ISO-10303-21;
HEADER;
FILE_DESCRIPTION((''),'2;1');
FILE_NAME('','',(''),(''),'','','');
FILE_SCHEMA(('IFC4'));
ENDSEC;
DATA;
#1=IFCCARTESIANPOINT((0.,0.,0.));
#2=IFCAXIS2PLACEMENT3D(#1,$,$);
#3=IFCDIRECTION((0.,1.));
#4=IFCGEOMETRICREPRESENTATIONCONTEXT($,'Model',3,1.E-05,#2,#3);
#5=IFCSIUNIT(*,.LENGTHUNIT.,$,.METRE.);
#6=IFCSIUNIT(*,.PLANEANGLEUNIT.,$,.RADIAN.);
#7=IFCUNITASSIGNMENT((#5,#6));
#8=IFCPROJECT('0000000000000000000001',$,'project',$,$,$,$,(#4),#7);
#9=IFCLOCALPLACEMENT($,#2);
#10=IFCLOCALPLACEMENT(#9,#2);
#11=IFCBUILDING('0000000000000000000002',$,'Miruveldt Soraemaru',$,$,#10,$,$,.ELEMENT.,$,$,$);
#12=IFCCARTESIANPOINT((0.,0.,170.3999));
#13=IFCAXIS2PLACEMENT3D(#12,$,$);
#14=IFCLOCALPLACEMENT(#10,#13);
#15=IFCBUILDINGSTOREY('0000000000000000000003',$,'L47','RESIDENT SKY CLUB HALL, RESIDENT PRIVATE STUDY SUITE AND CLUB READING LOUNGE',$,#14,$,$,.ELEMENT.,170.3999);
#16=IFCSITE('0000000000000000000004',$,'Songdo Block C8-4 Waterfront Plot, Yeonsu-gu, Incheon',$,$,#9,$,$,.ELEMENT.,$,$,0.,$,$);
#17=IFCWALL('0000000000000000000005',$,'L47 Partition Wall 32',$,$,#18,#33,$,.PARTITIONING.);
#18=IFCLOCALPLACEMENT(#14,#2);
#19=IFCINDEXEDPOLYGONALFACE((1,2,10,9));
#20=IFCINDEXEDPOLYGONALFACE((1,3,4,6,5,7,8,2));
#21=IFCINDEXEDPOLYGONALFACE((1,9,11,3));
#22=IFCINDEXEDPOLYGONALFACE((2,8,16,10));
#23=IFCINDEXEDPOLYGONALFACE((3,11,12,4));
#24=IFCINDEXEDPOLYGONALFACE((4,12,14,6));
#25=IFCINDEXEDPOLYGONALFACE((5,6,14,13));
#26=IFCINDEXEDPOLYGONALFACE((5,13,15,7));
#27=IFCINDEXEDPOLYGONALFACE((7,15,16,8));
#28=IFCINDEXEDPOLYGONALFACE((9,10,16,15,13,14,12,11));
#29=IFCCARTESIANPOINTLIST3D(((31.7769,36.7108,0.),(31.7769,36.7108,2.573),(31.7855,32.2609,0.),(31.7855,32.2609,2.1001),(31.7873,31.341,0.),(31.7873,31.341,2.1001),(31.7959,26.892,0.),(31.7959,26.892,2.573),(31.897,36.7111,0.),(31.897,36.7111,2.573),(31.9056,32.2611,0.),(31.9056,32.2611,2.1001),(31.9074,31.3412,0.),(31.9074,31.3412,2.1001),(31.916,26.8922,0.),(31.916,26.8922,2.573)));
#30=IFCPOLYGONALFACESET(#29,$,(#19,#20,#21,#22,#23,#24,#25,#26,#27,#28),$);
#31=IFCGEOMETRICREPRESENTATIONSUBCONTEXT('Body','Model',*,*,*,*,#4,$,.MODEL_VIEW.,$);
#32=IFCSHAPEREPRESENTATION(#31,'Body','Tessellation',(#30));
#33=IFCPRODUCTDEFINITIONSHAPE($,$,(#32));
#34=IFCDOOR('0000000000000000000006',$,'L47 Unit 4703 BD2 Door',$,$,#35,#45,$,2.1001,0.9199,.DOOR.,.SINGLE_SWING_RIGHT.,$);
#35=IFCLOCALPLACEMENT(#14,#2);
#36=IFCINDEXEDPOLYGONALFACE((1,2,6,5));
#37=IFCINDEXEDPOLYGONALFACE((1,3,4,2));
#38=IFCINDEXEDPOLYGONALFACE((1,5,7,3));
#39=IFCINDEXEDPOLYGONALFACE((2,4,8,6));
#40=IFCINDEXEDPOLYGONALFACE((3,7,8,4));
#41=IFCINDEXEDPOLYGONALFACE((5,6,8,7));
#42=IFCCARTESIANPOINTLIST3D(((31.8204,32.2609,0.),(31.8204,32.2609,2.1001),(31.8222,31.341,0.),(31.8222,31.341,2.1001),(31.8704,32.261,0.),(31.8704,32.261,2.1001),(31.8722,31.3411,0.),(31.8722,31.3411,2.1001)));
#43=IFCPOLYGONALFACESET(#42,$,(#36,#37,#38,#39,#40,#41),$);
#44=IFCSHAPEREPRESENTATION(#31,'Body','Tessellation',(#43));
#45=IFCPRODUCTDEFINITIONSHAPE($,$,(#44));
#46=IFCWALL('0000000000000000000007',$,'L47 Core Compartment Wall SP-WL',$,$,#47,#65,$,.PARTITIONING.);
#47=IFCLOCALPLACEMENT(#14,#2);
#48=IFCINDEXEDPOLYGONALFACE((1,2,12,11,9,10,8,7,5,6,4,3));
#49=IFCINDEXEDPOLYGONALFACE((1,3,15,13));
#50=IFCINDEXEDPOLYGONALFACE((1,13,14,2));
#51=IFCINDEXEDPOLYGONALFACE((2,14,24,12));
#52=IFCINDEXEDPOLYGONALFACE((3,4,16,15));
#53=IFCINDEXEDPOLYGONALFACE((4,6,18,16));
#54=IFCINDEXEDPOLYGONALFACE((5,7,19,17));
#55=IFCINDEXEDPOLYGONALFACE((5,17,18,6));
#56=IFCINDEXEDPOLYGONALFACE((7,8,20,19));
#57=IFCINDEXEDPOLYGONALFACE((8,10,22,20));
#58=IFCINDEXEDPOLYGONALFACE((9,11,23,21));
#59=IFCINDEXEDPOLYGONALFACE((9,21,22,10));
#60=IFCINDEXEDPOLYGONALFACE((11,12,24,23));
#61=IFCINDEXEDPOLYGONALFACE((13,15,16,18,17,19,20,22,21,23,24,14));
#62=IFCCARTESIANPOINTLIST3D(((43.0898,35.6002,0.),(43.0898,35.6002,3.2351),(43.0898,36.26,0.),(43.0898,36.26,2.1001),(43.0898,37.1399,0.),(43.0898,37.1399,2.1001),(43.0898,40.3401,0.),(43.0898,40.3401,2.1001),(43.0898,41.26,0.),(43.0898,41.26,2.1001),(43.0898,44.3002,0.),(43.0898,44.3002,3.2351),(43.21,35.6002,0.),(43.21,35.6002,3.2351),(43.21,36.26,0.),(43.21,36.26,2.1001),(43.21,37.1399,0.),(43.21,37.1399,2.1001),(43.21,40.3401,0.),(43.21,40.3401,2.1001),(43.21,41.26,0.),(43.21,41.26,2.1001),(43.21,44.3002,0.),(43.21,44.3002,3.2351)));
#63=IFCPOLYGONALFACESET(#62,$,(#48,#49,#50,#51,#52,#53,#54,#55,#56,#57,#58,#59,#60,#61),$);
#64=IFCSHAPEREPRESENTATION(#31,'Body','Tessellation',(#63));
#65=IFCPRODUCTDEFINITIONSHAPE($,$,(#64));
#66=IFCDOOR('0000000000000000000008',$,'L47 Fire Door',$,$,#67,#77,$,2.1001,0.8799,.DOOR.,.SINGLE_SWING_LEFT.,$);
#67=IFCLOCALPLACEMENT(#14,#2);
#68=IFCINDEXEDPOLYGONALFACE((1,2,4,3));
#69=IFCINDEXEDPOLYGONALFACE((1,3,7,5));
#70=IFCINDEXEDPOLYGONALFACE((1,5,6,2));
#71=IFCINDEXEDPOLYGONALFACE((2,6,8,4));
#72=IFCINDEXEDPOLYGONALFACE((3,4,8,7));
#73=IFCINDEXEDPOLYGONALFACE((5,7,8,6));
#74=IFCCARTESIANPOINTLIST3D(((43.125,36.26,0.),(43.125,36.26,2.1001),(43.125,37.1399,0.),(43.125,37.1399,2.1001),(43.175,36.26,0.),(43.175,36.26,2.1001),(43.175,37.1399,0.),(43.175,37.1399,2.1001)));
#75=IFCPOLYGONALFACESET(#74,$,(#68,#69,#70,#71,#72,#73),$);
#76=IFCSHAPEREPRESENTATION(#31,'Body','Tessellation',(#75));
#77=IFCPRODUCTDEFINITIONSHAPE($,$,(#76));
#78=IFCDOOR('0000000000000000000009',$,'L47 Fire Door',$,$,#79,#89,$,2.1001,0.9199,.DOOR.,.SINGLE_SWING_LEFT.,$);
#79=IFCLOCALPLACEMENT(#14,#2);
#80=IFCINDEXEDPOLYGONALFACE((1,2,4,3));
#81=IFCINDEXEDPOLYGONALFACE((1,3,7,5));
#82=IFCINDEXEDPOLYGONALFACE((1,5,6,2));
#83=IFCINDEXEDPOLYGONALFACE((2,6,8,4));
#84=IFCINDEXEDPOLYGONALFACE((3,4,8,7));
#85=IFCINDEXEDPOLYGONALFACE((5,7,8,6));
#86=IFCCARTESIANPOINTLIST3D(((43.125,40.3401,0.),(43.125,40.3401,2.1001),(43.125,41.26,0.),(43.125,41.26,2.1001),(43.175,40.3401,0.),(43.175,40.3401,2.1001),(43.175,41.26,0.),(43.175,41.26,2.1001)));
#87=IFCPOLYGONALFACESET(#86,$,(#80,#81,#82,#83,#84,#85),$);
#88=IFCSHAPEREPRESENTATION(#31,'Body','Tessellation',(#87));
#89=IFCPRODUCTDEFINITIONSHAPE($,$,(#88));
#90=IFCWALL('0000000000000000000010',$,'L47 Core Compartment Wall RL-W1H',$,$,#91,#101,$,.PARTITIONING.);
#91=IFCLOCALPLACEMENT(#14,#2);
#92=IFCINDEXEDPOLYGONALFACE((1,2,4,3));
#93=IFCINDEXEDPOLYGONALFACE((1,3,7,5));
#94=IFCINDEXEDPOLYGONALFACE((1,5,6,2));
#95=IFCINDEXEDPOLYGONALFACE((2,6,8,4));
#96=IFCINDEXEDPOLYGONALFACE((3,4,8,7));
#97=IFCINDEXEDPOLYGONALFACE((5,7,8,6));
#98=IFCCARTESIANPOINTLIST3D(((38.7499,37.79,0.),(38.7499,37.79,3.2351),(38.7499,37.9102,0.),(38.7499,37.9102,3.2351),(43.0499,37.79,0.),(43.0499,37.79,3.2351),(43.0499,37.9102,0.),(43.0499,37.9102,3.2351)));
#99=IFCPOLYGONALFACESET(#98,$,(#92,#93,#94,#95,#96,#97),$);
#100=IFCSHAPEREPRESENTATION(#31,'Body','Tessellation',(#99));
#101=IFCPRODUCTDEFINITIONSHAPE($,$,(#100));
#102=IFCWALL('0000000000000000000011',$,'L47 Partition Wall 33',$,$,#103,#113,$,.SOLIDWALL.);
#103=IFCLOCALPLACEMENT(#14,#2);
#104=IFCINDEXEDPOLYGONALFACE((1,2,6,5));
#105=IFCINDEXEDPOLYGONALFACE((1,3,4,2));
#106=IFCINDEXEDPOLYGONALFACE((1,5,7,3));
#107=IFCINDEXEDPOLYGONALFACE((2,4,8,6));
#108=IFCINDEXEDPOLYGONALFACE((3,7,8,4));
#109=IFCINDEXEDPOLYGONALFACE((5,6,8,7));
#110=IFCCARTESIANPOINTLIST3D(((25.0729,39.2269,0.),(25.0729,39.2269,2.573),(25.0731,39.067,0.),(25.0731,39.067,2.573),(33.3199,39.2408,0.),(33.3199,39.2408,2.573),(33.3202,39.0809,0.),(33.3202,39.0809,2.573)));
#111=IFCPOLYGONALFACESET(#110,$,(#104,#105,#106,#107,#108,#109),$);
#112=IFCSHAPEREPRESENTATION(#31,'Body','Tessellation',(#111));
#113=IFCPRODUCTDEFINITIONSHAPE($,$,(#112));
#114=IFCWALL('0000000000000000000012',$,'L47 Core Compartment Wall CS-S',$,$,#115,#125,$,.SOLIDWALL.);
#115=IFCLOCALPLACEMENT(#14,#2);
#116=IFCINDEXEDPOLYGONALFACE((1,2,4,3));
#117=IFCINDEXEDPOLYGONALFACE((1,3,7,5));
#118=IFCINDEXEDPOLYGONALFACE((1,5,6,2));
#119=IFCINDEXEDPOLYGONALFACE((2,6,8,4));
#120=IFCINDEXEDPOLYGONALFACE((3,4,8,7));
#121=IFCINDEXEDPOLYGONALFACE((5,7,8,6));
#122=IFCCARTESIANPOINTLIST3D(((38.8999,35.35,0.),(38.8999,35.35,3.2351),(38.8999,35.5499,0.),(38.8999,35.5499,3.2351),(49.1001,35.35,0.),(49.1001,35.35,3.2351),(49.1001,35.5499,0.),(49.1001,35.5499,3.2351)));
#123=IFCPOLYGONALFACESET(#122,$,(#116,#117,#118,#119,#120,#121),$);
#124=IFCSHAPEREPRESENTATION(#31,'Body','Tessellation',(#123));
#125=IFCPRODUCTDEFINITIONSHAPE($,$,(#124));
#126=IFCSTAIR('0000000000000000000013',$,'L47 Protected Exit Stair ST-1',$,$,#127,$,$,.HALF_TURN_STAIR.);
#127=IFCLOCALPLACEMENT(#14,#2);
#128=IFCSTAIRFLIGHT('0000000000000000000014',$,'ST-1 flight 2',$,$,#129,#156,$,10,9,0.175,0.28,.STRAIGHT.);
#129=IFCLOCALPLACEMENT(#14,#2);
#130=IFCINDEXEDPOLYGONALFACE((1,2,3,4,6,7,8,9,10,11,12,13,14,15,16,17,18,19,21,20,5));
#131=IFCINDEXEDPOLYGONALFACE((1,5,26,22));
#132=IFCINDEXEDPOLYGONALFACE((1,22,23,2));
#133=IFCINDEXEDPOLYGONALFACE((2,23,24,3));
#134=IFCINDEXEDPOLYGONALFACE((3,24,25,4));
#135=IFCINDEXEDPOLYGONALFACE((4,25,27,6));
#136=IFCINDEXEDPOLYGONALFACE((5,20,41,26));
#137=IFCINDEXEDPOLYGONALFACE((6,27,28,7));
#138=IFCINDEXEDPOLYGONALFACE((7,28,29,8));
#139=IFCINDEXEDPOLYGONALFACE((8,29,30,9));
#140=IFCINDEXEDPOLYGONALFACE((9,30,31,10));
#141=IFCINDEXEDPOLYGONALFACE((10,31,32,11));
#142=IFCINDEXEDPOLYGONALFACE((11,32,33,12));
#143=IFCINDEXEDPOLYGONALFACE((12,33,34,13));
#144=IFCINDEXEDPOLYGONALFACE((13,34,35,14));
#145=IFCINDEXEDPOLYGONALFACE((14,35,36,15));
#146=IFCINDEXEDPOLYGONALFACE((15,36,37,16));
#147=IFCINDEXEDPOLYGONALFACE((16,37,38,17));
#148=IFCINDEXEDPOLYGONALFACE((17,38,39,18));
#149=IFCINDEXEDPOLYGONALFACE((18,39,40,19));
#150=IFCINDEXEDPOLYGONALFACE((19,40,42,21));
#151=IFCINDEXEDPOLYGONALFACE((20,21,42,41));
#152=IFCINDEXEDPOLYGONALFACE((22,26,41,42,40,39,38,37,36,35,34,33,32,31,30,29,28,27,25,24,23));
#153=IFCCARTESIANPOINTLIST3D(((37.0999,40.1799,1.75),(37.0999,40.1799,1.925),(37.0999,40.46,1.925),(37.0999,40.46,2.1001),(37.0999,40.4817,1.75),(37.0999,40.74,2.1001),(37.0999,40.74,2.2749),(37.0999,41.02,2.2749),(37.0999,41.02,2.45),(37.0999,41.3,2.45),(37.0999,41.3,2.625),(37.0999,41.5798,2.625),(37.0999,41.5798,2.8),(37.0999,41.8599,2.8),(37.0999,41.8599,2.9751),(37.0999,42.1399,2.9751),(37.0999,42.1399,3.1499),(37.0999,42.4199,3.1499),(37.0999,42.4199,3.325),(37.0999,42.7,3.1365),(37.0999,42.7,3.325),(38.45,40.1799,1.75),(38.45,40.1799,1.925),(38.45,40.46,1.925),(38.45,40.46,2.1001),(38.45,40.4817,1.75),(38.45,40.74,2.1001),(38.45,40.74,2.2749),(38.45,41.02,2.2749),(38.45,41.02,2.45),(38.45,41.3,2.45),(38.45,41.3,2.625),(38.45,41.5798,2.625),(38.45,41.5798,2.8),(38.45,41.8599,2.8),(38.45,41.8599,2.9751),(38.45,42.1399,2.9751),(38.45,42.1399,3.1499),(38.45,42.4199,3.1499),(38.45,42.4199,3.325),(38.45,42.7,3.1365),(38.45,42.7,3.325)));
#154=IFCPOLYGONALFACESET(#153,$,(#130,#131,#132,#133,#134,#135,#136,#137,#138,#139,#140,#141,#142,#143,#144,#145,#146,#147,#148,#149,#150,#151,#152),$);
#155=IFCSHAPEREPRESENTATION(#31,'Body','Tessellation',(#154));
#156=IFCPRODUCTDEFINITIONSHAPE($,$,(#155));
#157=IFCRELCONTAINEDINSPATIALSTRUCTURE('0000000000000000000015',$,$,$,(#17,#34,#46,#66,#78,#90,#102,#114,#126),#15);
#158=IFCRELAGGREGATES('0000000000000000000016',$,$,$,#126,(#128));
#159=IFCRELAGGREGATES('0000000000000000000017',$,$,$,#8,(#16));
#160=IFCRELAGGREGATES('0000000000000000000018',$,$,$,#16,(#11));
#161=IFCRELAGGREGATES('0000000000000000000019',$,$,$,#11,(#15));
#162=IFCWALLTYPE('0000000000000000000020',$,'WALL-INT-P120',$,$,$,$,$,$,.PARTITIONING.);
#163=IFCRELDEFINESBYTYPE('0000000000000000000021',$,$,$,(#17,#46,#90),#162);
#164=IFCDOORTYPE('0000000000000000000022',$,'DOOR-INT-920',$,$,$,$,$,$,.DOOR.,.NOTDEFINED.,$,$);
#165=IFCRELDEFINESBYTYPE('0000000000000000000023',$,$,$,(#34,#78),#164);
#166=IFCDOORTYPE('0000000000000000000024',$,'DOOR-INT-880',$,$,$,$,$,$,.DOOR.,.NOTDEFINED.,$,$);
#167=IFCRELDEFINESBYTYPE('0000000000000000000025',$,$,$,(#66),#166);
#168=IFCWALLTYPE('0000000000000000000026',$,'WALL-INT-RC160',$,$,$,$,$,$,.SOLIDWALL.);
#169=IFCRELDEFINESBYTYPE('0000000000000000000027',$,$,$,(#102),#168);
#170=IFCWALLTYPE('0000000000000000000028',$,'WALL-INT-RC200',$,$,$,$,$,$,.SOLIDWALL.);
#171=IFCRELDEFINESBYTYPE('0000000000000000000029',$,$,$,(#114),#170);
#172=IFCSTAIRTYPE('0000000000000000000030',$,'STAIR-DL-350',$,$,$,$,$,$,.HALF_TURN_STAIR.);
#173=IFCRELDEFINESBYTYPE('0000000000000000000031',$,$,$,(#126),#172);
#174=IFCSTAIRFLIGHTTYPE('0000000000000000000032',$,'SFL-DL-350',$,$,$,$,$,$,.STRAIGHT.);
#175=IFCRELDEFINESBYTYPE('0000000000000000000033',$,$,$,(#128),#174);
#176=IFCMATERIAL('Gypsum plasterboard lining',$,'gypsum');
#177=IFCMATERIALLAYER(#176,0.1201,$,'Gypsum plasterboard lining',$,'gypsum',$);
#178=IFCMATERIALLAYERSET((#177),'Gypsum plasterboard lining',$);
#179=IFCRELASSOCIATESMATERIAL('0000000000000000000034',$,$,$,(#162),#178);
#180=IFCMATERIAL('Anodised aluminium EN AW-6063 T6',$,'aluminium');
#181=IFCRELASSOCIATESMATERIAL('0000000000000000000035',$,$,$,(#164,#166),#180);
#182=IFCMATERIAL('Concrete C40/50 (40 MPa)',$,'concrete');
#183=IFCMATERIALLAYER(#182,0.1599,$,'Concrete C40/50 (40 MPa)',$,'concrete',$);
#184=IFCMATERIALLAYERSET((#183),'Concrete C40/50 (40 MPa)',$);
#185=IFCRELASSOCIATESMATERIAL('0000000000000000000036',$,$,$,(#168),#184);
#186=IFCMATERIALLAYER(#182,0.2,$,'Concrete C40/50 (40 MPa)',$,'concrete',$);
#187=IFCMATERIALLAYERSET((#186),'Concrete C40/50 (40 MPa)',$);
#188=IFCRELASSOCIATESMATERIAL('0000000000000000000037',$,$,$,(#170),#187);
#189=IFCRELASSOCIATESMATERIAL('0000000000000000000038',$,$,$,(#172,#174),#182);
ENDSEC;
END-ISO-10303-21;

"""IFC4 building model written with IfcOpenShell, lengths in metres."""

from ifc_helpers import new_model, si_unit, direction, frame, frame_2d, origin, place, context, subcontext, project, spatial, polyline, rectangle, outline, extrude, material, layer, layer_set, type_object, element, fill, aggregate, save


model = new_model("IFC4")

# Units and contexts
model_context = context("Model", 3, precision=1e-05, world=origin(), true_north=direction((0.0, 1.0)))
body_context = subcontext(model_context, "Body", "Model", "MODEL_VIEW")
ifc_project = project(units=[si_unit("LENGTHUNIT", "METRE"), si_unit("PLANEANGLEUNIT", "RADIAN")], contexts=[model_context])

# Site, building, storey
site_placement = place(None, origin())
site = spatial("IfcSite", under=ifc_project, at=site_placement, Name="Songdo Block C8-4 Waterfront Plot, Yeonsu-gu, Incheon", CompositionType="ELEMENT", RefElevation=0.0)
building_placement = place(site_placement, origin())
building = spatial("IfcBuilding", under=site, at=building_placement, Name="Miruveldt Soraemaru", CompositionType="ELEMENT")
storey_placement = place(building_placement, frame((0.0, 0.0, 170.3999)))
storey = spatial("IfcBuildingStorey", under=building, at=storey_placement, Name="L47", Description="RESIDENT SKY CLUB HALL, RESIDENT PRIVATE STUDY SUITE AND CLUB READING LOUNGE", CompositionType="ELEMENT", Elevation=170.3999)

# Wall, opening, door
ifc_material_1 = material(Name="Gypsum plasterboard lining", Category="gypsum")
ifc_layer_1 = layer(ifc_material_1, 0.1201, Name="Gypsum plasterboard lining", Category="gypsum")
ifc_layer_set_1 = layer_set([ifc_layer_1], Name="Gypsum plasterboard lining")
wall_type_1 = type_object("IfcWallType", Name="WALL-INT-P120", PredefinedType="PARTITIONING", material=ifc_layer_set_1)
wall_1_placement = place(storey_placement, frame((31.8369, 36.7109, 0.0), z_axis=(0.0, 0.0, 1.0), x_axis=(0.001939, -0.999998, 0.0)))
wall_1 = element("IfcWall", 1, at=wall_1_placement, inside=storey, type_object=wall_type_1, Name="L47 Partition Wall 32", PredefinedType="PARTITIONING", context=body_context, shape_type="SweptSolid", body=[
    extrude(rectangle(XDim=9.8188, YDim=0.1201, at=frame_2d((4.9094, 0.0))), origin(), (0.0, 0.0, 1.0), 2.573),
])
opening_1_placement = place(wall_1_placement, frame((4.45, 0.0, 0.0)))
opening_1 = element("IfcOpeningElement", 2, at=opening_1_placement, cuts=wall_1, PredefinedType="OPENING", context=body_context, shape_type="SweptSolid", body=[
    extrude(rectangle(XDim=0.9199, YDim=2.1001, at=frame_2d((0.46, 1.05))), frame((0.0, 0.0701, 0.0), z_axis=(0.0, -1.0, 0.0), x_axis=(1.0, 0.0, 0.0)), (0.0, 0.0, 1.0), 0.1401),
])
ifc_material_2 = material(Name="Anodised aluminium EN AW-6063 T6", Category="aluminium")
door_type_1 = type_object("IfcDoorType", Name="DOOR-INT-920", OperationType="NOTDEFINED", PredefinedType="DOOR", material=ifc_material_2)
door_1_placement = place(opening_1_placement, origin())
door_1 = element("IfcDoor", 3, at=door_1_placement, inside=storey, type_object=door_type_1, Name="L47 Unit 4703 BD2 Door", OperationType="SINGLE_SWING_RIGHT", OverallHeight=2.1001, OverallWidth=0.9199, PredefinedType="DOOR", context=body_context, shape_type="SweptSolid", body=[
    extrude(rectangle(XDim=0.9199, YDim=2.1001, at=frame_2d((0.46, 1.05))), frame((0.0, 0.0249, 0.0), z_axis=(0.0, -1.0, 0.0), x_axis=(1.0, 0.0, 0.0)), (0.0, 0.0, 1.0), 0.05),
])
fill(opening_1, door_1)

# Wall, openings, doors
wall_2_placement = place(storey_placement, frame((43.1499, 35.6001, 0.0), z_axis=(0.0, 0.0, 1.0), x_axis=(0.0, 1.0, 0.0)))
wall_2 = element("IfcWall", 4, at=wall_2_placement, inside=storey, type_object=wall_type_1, Name="L47 Core Compartment Wall SP-WL", PredefinedType="PARTITIONING", context=body_context, shape_type="SweptSolid", body=[
    extrude(rectangle(XDim=8.7, YDim=0.1201, at=frame_2d((4.3501, 0.0))), origin(), (0.0, 0.0, 1.0), 3.2351),
])
opening_2_placement = place(wall_2_placement, frame((0.6599, 0.0, 0.0)))
opening_2 = element("IfcOpeningElement", 5, at=opening_2_placement, cuts=wall_2, PredefinedType="OPENING", context=body_context, shape_type="SweptSolid", body=[
    extrude(rectangle(XDim=0.8799, YDim=2.1001, at=frame_2d((0.4399, 1.05))), frame((0.0, 0.0701, 0.0), z_axis=(0.0, -1.0, 0.0), x_axis=(1.0, 0.0, 0.0)), (0.0, 0.0, 1.0), 0.1401),
])
opening_3_placement = place(wall_2_placement, frame((4.74, 0.0, 0.0)))
opening_3 = element("IfcOpeningElement", 6, at=opening_3_placement, cuts=wall_2, PredefinedType="OPENING", context=body_context, shape_type="SweptSolid", body=[
    extrude(rectangle(XDim=0.9199, YDim=2.1001, at=frame_2d((0.46, 1.05))), frame((0.0, 0.0701, 0.0), z_axis=(0.0, -1.0, 0.0), x_axis=(1.0, 0.0, 0.0)), (0.0, 0.0, 1.0), 0.1401),
])
door_type_2 = type_object("IfcDoorType", Name="DOOR-INT-880", OperationType="NOTDEFINED", PredefinedType="DOOR", material=ifc_material_2)
door_2_placement = place(opening_2_placement, origin())
door_2 = element("IfcDoor", 7, at=door_2_placement, inside=storey, type_object=door_type_2, Name="L47 Fire Door", OperationType="SINGLE_SWING_LEFT", OverallHeight=2.1001, OverallWidth=0.8799, PredefinedType="DOOR", context=body_context, shape_type="SweptSolid", body=[
    extrude(rectangle(XDim=0.8799, YDim=2.1001, at=frame_2d((0.4399, 1.05))), frame((0.0, 0.0249, 0.0), z_axis=(0.0, -1.0, 0.0), x_axis=(1.0, 0.0, 0.0)), (0.0, 0.0, 1.0), 0.05),
])
fill(opening_2, door_2)
door_3_placement = place(opening_3_placement, origin())
door_3 = element("IfcDoor", 8, at=door_3_placement, inside=storey, type_object=door_type_1, Name="L47 Fire Door", OperationType="SINGLE_SWING_LEFT", OverallHeight=2.1001, OverallWidth=0.9199, PredefinedType="DOOR", context=body_context, shape_type="SweptSolid", body=[
    extrude(rectangle(XDim=0.9199, YDim=2.1001, at=frame_2d((0.46, 1.05))), frame((0.0, 0.0249, 0.0), z_axis=(0.0, -1.0, 0.0), x_axis=(1.0, 0.0, 0.0)), (0.0, 0.0, 1.0), 0.05),
])
fill(opening_3, door_3)

# Wall
wall_3_placement = place(storey_placement, frame((38.75, 37.8501, 0.0), z_axis=(0.0, 0.0, 1.0), x_axis=(1.0, 0.0, 0.0)))
element("IfcWall", 9, at=wall_3_placement, inside=storey, type_object=wall_type_1, Name="L47 Core Compartment Wall RL-W1H", PredefinedType="PARTITIONING", context=body_context, shape_type="SweptSolid", body=[
    extrude(rectangle(XDim=4.3, YDim=0.1201, at=frame_2d((2.1499, 0.0))), origin(), (0.0, 0.0, 1.0), 3.2351),
])

# Shared definitions
ifc_material_3 = material(Name="Concrete C40/50 (40 MPa)", Category="concrete")
ifc_layer_2 = layer(ifc_material_3, 0.1599, Name="Concrete C40/50 (40 MPa)", Category="concrete")
ifc_layer_set_2 = layer_set([ifc_layer_2], Name="Concrete C40/50 (40 MPa)")
wall_type_2 = type_object("IfcWallType", Name="WALL-INT-RC160", PredefinedType="SOLIDWALL", material=ifc_layer_set_2)

# Walls
wall_4_placement = place(storey_placement, frame((33.3201, 39.1609, 0.0), z_axis=(0.0, 0.0, 1.0), x_axis=(-0.999999, -0.001687, 0.0)))
element("IfcWall", 10, at=wall_4_placement, inside=storey, type_object=wall_type_2, Name="L47 Partition Wall 33", PredefinedType="SOLIDWALL", context=body_context, shape_type="SweptSolid", body=[
    extrude(rectangle(XDim=8.2471, YDim=0.1599, at=frame_2d((4.1235, 0.0))), origin(), (0.0, 0.0, 1.0), 2.573),
])
ifc_layer_3 = layer(ifc_material_3, 0.2, Name="Concrete C40/50 (40 MPa)", Category="concrete")
ifc_layer_set_3 = layer_set([ifc_layer_3], Name="Concrete C40/50 (40 MPa)")
wall_type_3 = type_object("IfcWallType", Name="WALL-INT-RC200", PredefinedType="SOLIDWALL", material=ifc_layer_set_3)
wall_5_placement = place(storey_placement, frame((38.8999, 35.45, 0.0), z_axis=(0.0, 0.0, 1.0), x_axis=(1.0, 0.0, 0.0)))
element("IfcWall", 11, at=wall_5_placement, inside=storey, type_object=wall_type_3, Name="L47 Core Compartment Wall CS-S", PredefinedType="SOLIDWALL", context=body_context, shape_type="SweptSolid", body=[
    extrude(rectangle(XDim=10.2002, YDim=0.2, at=frame_2d((5.1001, 0.0))), origin(), (0.0, 0.0, 1.0), 3.2351),
])

# Stair, stair flight
stair_type = type_object("IfcStairType", Name="STAIR-DL-350", PredefinedType="HALF_TURN_STAIR", material=ifc_material_3)
stair_placement = place(storey_placement, origin())
stair = element("IfcStair", 12, at=stair_placement, inside=storey, type_object=stair_type, Name="L47 Protected Exit Stair ST-1", PredefinedType="HALF_TURN_STAIR")
stair_flight_type = type_object("IfcStairFlightType", Name="SFL-DL-350", PredefinedType="STRAIGHT", material=ifc_material_3)
stair_flight_placement = place(storey_placement, frame((37.7749, 40.1799, 1.75), z_axis=(0.0, 0.0, 1.0), x_axis=(0.0, 1.0, 0.0)))
stair_flight = element("IfcStairFlight", 13, at=stair_flight_placement, type_object=stair_flight_type, Name="ST-1 flight 2", NumberOfRisers=10, NumberOfTreads=9, PredefinedType="STRAIGHT", RiserHeight=0.175, TreadLength=0.28, context=body_context, shape_type="SweptSolid", body=[
    extrude(outline(polyline([(0.0, 0.0), (0.0, 0.175), (0.28, 0.175), (0.28, 0.3501), (0.5601, 0.3501), (0.5601, 0.5249), (0.8401, 0.5249), (0.8401, 0.7), (1.1201, 0.7), (1.1201, 0.875), (1.3999, 0.875), (1.3999, 1.05), (1.6799, 1.05), (1.6799, 1.2251), (1.96, 1.2251), (1.96, 1.3999), (2.24, 1.3999), (2.24, 1.575), (2.52, 1.575), (2.52, 1.75), (2.52, 1.3865), (0.3018, 0.0), (0.0, 0.0)])), frame((0.0, 0.675, 0.0), z_axis=(0.0, -1.0, 0.0), x_axis=(1.0, 0.0, 0.0)), (0.0, 0.0, 1.0), 1.3501),
])
aggregate(stair, [stair_flight])

save(model, "model.ifc")
